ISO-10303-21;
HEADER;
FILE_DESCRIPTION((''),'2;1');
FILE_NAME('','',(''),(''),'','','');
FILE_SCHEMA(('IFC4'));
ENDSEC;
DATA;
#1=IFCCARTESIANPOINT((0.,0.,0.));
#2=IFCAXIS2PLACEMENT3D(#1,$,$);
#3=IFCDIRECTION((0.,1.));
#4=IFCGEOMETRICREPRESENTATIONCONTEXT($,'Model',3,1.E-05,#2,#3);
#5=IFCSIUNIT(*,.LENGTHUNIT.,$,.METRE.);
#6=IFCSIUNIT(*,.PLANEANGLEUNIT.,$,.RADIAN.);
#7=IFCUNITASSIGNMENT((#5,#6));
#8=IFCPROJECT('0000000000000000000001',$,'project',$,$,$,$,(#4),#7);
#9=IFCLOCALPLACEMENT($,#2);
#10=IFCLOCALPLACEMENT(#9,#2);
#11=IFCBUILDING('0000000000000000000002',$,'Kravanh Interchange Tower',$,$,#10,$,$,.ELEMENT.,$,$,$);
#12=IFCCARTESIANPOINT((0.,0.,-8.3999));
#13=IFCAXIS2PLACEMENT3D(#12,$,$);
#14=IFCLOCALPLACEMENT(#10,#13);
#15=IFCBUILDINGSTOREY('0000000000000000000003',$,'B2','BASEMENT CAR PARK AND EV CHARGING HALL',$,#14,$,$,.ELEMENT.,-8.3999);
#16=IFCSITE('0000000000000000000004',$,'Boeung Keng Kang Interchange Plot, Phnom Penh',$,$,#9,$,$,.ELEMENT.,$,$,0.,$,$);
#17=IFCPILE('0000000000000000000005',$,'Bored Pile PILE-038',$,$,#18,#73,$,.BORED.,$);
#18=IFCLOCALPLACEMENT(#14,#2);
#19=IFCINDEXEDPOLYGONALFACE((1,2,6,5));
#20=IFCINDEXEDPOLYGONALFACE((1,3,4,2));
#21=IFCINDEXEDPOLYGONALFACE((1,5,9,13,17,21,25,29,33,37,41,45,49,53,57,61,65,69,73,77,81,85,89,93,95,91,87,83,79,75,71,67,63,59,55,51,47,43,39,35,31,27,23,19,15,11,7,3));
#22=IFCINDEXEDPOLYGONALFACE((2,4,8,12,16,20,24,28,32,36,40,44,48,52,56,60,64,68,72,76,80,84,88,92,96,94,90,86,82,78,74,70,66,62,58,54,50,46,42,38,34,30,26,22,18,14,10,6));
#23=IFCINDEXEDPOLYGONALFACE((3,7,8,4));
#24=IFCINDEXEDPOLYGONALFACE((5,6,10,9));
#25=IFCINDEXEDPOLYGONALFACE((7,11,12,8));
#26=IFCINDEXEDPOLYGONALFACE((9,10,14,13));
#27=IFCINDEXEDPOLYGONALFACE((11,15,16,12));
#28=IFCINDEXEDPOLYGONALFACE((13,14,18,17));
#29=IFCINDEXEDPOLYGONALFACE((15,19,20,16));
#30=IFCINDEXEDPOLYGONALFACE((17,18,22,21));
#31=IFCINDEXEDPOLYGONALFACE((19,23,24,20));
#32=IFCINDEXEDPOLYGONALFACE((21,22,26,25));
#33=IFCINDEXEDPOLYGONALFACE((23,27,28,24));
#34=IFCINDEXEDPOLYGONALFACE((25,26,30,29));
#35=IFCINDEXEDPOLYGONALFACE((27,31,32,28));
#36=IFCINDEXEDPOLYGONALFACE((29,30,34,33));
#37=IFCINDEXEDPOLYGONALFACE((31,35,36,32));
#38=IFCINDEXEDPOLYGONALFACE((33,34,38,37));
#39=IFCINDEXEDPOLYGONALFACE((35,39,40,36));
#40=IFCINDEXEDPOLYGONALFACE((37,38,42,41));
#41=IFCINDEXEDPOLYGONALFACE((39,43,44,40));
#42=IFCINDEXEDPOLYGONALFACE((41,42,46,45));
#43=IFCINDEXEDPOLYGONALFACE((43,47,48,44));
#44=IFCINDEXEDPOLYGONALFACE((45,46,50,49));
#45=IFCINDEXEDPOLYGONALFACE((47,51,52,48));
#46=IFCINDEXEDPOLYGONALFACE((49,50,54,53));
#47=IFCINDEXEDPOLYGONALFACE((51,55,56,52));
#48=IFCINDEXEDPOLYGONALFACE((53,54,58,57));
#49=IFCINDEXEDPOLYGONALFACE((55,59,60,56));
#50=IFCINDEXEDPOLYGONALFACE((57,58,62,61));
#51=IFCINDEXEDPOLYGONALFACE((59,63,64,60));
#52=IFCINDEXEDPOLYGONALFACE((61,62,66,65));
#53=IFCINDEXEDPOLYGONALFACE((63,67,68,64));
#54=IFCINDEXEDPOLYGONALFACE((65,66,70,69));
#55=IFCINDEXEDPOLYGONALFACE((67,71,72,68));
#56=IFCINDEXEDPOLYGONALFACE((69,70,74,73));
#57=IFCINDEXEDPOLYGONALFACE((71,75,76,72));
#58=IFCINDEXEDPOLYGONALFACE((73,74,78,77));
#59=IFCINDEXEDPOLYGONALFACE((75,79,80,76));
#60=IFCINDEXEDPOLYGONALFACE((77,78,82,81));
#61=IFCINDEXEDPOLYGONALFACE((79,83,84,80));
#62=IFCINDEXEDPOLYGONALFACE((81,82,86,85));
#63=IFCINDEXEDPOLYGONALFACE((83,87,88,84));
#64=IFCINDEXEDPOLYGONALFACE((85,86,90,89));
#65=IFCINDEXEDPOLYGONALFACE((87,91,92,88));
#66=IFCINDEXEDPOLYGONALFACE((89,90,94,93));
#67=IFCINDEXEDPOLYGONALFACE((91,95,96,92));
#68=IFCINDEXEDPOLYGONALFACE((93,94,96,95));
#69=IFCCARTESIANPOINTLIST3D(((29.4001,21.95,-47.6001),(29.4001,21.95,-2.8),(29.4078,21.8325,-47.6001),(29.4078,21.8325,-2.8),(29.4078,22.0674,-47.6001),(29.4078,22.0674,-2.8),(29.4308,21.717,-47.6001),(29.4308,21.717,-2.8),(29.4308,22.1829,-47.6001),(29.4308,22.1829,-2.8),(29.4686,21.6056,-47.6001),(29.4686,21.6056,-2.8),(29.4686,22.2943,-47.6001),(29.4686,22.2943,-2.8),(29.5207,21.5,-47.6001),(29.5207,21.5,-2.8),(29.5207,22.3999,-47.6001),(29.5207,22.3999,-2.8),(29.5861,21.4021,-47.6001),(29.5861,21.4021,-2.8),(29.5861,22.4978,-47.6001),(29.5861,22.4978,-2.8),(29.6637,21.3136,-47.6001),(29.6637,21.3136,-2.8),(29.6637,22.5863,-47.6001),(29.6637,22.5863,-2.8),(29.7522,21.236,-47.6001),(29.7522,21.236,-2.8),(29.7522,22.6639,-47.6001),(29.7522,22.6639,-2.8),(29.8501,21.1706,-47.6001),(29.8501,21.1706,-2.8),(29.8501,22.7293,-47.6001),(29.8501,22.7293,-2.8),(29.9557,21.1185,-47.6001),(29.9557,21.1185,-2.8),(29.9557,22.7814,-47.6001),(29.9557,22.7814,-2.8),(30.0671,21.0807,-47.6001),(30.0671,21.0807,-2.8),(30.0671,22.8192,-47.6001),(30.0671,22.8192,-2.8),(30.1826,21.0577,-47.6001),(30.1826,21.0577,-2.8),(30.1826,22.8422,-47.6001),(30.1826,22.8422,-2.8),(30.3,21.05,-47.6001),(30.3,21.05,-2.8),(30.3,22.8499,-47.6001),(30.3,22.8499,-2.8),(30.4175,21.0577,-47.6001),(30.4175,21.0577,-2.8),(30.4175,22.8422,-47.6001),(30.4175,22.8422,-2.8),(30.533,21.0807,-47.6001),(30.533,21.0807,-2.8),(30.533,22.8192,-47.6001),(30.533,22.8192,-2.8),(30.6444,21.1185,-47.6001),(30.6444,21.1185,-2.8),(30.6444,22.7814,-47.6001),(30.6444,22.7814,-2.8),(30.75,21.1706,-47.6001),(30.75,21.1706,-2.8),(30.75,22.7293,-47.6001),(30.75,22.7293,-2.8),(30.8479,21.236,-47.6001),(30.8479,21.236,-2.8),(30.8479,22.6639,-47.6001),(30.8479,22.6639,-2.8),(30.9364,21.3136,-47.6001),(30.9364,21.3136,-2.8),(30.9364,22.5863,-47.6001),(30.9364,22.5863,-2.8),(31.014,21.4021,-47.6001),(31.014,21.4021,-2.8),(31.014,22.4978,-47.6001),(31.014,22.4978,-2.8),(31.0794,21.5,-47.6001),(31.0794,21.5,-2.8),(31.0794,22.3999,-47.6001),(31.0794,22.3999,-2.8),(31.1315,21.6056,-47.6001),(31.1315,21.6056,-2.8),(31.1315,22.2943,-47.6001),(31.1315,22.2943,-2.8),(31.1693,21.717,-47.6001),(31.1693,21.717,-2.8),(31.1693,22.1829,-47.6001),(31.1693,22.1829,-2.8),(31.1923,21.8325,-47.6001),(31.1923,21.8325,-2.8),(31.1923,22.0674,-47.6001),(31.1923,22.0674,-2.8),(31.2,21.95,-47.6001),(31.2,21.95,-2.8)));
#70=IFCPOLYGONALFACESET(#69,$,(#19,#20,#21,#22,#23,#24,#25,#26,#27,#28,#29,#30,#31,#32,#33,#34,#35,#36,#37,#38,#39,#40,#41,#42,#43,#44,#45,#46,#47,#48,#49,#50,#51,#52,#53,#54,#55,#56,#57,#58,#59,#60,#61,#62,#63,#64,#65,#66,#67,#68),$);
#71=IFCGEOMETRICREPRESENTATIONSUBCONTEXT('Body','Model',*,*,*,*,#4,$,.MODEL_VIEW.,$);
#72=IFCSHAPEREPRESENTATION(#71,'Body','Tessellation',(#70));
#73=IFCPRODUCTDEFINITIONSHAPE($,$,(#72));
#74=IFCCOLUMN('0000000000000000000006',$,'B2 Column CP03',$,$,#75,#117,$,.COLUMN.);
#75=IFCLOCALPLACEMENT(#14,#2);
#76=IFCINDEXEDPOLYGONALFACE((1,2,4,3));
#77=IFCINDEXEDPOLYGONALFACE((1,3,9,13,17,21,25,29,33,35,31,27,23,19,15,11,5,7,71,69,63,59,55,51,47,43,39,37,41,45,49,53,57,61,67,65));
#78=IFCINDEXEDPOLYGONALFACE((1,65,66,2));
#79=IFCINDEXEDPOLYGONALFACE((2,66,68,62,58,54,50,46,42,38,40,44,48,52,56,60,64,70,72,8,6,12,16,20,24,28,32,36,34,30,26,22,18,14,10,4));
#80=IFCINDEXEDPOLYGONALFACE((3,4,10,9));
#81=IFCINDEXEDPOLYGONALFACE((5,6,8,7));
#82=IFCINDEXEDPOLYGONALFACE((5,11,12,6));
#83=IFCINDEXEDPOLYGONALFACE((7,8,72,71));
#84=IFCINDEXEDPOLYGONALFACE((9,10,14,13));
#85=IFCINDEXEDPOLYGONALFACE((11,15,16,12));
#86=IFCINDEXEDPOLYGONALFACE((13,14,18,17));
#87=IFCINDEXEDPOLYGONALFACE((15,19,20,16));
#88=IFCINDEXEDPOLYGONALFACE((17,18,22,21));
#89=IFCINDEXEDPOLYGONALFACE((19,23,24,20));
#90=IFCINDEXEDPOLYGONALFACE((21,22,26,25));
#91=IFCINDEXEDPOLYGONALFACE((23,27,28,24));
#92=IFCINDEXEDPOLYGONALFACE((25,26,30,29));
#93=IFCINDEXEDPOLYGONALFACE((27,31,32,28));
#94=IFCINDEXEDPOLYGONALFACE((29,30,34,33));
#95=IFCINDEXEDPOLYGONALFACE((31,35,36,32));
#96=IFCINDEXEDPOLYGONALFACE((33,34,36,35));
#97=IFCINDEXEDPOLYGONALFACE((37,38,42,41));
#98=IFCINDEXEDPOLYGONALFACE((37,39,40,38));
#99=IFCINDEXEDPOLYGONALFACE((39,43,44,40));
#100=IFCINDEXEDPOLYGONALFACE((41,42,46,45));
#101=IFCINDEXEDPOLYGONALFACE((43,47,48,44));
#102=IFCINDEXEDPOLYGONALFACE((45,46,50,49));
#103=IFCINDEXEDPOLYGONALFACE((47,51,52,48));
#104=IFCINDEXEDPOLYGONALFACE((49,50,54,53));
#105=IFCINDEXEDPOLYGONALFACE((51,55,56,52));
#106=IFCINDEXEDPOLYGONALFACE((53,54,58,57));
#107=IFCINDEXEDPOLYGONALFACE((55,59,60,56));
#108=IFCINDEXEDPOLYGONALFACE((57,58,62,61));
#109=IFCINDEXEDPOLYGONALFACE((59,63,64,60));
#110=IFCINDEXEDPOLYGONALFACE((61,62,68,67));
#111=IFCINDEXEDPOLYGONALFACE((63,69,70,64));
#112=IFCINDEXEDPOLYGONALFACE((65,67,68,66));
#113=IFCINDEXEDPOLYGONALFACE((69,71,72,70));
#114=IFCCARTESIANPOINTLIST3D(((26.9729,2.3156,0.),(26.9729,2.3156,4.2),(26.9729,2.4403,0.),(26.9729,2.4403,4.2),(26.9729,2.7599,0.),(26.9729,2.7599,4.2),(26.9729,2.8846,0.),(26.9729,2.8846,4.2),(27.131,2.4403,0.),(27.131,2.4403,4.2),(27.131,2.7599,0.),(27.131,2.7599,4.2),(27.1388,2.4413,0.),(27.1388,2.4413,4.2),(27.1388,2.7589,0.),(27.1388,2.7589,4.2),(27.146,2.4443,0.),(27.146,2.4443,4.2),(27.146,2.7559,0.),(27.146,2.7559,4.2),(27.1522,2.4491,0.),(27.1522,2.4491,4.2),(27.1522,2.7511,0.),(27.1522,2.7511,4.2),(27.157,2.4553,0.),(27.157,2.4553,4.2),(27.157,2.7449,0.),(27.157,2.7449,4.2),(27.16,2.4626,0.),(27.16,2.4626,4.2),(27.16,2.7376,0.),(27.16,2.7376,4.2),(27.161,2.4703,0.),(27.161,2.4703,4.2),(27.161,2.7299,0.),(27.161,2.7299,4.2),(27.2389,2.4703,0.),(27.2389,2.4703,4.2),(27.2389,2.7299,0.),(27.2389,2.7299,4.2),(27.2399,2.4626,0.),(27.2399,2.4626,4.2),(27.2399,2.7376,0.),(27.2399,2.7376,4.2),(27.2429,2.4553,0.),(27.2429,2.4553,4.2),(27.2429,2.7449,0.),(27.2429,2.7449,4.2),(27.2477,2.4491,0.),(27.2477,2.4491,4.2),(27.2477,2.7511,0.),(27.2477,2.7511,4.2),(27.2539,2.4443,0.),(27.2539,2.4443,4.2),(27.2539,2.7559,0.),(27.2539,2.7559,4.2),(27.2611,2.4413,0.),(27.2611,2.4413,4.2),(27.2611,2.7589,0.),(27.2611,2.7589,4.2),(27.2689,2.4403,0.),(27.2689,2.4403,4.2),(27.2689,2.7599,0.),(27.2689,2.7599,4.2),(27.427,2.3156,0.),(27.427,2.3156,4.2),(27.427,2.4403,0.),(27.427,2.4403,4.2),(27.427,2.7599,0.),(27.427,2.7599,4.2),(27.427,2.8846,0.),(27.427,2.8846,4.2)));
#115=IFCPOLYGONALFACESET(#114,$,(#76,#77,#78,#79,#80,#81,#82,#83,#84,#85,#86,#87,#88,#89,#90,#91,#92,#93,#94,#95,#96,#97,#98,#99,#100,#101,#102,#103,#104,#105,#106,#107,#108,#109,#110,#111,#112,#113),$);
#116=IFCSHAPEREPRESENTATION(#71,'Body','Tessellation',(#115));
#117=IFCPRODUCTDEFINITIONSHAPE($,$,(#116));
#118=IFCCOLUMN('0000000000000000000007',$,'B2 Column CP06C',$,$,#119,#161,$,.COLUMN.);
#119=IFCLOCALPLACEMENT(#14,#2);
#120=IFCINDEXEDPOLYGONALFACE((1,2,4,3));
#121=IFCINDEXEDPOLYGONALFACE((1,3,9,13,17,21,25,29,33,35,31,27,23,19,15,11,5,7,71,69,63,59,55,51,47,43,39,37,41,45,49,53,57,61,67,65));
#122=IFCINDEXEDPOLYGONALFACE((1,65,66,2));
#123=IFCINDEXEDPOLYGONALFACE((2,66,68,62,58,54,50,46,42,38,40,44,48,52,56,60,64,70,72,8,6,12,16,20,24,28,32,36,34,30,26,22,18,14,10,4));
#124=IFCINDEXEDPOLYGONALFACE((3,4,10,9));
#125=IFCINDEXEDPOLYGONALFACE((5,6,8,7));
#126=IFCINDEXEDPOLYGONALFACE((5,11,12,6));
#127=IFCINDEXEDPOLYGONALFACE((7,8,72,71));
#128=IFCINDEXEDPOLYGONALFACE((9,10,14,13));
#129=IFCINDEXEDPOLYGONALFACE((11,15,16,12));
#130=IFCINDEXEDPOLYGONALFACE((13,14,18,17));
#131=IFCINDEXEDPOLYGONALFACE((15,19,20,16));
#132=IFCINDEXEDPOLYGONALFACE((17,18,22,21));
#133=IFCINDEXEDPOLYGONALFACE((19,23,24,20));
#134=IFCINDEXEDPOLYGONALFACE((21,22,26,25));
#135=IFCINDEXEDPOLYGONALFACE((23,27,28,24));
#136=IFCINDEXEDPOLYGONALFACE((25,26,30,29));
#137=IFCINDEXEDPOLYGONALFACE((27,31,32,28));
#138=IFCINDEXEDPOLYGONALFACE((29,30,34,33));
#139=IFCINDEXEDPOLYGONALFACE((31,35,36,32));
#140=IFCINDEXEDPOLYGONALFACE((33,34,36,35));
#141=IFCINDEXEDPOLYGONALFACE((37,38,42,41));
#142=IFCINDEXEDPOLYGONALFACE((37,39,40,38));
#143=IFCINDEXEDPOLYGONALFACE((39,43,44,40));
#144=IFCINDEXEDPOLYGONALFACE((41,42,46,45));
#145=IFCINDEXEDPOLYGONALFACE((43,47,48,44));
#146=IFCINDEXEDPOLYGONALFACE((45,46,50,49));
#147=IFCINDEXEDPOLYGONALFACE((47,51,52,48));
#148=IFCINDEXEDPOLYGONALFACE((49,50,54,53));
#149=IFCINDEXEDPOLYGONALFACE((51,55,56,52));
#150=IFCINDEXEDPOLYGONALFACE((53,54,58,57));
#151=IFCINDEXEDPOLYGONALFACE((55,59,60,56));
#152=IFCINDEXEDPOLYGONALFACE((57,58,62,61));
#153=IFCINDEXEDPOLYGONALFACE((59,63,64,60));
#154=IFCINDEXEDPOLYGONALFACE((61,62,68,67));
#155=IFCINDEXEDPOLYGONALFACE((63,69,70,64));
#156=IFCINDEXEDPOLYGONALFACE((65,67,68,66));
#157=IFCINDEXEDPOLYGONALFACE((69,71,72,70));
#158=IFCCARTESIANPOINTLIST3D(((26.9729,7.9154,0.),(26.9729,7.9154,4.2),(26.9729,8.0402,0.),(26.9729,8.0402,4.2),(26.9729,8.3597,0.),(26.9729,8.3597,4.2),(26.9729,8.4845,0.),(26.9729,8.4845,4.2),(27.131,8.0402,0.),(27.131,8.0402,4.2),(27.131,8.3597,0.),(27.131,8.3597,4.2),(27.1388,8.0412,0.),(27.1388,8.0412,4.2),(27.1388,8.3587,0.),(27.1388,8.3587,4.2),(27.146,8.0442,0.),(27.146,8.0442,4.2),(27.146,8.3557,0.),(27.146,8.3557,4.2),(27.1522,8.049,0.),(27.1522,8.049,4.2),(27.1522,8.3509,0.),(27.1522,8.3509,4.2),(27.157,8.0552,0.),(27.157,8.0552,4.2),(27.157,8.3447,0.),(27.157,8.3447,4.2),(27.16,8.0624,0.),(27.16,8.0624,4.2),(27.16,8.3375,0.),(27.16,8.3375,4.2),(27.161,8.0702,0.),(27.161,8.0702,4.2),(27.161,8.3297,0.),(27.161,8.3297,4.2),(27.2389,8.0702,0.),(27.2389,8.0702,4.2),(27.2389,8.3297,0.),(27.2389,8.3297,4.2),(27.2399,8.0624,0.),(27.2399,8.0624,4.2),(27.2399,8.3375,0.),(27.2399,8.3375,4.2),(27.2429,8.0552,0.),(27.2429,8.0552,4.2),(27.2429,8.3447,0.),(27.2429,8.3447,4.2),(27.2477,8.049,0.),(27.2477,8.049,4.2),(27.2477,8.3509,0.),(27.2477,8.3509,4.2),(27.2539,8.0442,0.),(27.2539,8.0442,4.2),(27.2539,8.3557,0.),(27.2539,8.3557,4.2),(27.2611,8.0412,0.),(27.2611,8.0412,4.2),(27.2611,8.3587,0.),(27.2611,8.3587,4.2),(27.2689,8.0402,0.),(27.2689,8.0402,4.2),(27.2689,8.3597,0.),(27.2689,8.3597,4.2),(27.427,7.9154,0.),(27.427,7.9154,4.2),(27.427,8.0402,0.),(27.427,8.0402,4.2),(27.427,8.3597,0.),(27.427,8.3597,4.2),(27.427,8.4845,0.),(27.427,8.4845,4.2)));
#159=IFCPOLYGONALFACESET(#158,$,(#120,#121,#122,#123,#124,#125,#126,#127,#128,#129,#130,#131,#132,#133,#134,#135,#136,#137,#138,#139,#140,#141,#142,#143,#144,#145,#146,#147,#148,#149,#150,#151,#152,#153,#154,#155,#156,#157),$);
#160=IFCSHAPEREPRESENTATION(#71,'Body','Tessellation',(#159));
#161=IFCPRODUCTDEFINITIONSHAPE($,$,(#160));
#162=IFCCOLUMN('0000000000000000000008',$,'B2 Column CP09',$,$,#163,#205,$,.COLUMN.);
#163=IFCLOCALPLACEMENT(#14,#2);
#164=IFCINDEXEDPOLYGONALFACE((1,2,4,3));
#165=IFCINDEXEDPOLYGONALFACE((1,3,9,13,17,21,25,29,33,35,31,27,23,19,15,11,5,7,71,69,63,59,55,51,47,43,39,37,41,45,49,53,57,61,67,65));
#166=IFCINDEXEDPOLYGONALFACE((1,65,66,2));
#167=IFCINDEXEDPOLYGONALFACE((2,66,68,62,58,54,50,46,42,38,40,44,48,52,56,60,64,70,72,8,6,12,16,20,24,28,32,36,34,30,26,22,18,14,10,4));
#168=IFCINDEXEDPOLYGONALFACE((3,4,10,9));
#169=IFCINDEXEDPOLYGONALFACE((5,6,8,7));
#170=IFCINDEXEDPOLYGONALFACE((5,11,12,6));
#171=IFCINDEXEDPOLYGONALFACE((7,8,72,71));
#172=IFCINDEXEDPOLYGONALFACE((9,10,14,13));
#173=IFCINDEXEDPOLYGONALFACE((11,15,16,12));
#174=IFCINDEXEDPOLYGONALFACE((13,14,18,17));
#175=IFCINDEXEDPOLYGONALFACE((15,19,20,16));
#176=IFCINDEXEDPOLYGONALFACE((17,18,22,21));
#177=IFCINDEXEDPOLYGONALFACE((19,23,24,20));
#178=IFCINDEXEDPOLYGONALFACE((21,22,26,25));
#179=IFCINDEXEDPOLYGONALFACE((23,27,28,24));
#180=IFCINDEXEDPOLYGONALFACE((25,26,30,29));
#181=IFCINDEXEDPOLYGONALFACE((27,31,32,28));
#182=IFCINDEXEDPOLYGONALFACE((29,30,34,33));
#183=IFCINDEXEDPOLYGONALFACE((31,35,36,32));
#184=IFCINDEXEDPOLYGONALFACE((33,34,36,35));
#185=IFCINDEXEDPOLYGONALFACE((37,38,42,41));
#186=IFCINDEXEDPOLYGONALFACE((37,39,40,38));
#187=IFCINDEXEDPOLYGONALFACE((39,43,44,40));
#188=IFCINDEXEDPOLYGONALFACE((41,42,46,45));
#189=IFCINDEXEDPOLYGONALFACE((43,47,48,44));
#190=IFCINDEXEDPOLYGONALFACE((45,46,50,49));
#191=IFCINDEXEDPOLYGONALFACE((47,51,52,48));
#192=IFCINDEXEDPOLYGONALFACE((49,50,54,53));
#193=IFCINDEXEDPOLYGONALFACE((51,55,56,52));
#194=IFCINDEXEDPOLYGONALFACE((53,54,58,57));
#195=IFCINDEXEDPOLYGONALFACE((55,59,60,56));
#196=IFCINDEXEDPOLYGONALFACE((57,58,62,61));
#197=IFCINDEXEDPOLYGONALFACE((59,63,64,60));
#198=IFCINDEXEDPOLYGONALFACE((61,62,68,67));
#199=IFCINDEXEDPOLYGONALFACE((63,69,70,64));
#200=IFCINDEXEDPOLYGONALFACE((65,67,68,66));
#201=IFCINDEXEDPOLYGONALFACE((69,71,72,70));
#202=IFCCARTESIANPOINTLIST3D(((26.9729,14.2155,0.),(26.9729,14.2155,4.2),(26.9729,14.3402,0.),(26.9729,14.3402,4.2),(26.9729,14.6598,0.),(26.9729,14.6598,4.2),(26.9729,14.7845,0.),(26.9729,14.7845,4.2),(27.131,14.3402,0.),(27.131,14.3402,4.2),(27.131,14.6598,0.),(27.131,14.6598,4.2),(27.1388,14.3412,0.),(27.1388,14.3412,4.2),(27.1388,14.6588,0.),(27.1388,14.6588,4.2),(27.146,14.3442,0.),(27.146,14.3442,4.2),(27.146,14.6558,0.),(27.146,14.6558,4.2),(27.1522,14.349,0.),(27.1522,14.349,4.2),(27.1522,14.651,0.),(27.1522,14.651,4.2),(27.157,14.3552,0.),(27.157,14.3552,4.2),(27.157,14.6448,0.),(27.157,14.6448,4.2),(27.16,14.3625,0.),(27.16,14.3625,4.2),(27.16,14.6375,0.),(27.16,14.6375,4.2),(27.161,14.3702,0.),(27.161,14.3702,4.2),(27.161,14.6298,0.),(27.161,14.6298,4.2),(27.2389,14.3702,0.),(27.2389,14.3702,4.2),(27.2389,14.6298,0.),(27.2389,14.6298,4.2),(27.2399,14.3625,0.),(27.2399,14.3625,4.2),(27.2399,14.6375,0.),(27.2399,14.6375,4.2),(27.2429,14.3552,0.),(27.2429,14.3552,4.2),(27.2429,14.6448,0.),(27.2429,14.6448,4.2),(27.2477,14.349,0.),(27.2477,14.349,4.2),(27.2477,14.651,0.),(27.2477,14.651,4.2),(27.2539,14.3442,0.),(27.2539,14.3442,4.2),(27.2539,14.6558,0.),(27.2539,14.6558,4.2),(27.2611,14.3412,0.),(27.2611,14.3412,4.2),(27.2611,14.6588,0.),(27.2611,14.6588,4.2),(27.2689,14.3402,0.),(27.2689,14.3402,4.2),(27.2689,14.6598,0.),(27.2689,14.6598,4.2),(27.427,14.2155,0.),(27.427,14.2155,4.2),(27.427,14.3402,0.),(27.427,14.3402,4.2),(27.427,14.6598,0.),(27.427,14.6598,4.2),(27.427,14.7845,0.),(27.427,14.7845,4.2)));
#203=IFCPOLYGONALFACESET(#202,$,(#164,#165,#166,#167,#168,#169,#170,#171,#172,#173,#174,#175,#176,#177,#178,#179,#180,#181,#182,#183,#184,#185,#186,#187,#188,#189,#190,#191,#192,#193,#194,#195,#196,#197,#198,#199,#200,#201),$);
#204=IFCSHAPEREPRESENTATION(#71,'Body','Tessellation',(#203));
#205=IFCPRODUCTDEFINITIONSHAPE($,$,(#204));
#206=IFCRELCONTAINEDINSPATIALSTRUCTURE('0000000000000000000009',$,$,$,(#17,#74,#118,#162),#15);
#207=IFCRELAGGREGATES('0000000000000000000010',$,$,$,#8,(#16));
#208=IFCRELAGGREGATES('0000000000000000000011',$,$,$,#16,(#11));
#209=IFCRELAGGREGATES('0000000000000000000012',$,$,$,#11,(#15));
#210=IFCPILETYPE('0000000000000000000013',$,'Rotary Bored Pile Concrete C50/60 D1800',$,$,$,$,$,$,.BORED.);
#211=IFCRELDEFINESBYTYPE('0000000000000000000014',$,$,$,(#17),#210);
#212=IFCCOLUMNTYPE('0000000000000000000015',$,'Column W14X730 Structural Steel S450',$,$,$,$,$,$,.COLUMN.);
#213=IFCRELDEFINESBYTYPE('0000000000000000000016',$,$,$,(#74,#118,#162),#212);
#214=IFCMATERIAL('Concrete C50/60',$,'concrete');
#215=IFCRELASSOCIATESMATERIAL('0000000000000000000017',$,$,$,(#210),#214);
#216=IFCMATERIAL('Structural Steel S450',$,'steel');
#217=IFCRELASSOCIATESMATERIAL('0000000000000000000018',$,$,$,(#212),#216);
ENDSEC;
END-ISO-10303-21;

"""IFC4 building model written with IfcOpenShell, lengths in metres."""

from ifc_helpers import new_model, si_unit, direction, frame, origin, origin_2d, place, context, subcontext, project, spatial, circle, i_section, extrude, material, material_profile, profile_set, type_object, element, save


model = new_model("IFC4")

# Units and contexts
model_context = context("Model", 3, precision=1e-05, world=origin(), true_north=direction((0.0, 1.0)))
body_context = subcontext(model_context, "Body", "Model", "MODEL_VIEW")
ifc_project = project(units=[si_unit("LENGTHUNIT", "METRE"), si_unit("PLANEANGLEUNIT", "RADIAN")], contexts=[model_context])

# Site, building, storey
site_placement = place(None, origin())
site = spatial("IfcSite", under=ifc_project, at=site_placement, Name="Boeung Keng Kang Interchange Plot, Phnom Penh", CompositionType="ELEMENT", RefElevation=0.0)
building_placement = place(site_placement, origin())
building = spatial("IfcBuilding", under=site, at=building_placement, Name="Kravanh Interchange Tower", CompositionType="ELEMENT")
storey_placement = place(building_placement, frame((0.0, 0.0, -8.3999)))
storey = spatial("IfcBuildingStorey", under=building, at=storey_placement, Name="B2", Description="BASEMENT CAR PARK AND EV CHARGING HALL", CompositionType="ELEMENT", Elevation=-8.3999)

# Pile
ifc_material_1 = material(Name="Concrete C50/60", Category="concrete")
ifc_material_profile_1 = material_profile(ifc_material_1, circle(Radius=0.8999, at=origin_2d()), Name="PILE-D1800")
ifc_profile_set_1 = profile_set([ifc_material_profile_1], Name="Concrete C50/60")
pile_type_1 = type_object("IfcPileType", Name="Rotary Bored Pile Concrete C50/60 D1800", PredefinedType="BORED", material=ifc_profile_set_1)
for number, where, z_axis, x_axis, name in (
    (1, (30.3, 21.95, -2.8), (0.0, 0.0, -1.0), (1.0, 0.0, 0.0), "Bored Pile PILE-038"),
):
    element("IfcPile", number, at=place(storey_placement, frame(where, z_axis=z_axis, x_axis=x_axis)), inside=storey, type_object=pile_type_1, Name=name, PredefinedType="BORED", context=body_context, shape_type="SweptSolid", body=[
        extrude(circle(Radius=0.8999, at=origin_2d()), origin(), (0.0, 0.0, 1.0), 44.8),
    ])

# Columns
ifc_material_2 = material(Name="Structural Steel S450", Category="steel")
ifc_material_profile_2 = material_profile(ifc_material_2, i_section(OverallWidth=0.4541, OverallDepth=0.5691, WebThickness=0.0779, FlangeThickness=0.1248, FilletRadius=0.03, at=origin_2d()), Name="W14X730")
ifc_profile_set_2 = profile_set([ifc_material_profile_2], Name="Structural Steel S450")
column_type = type_object("IfcColumnType", Name="Column W14X730 Structural Steel S450", PredefinedType="COLUMN", material=ifc_profile_set_2)
for number, where, z_axis, x_axis, name in (
    (2, (27.2, 2.6001, 0.0), (0.0, 0.0, 1.0), (1.0, 0.0, 0.0), "B2 Column CP03"),
    (3, (27.2, 8.2, 0.0), (0.0, 0.0, 1.0), (1.0, 0.0, 0.0), "B2 Column CP06C"),
    (4, (27.2, 14.5, 0.0), (0.0, 0.0, 1.0), (1.0, 0.0, 0.0), "B2 Column CP09"),
):
    element("IfcColumn", number, at=place(storey_placement, frame(where, z_axis=z_axis, x_axis=x_axis)), inside=storey, type_object=column_type, Name=name, PredefinedType="COLUMN", context=body_context, shape_type="SweptSolid", body=[
        extrude(i_section(OverallWidth=0.4541, OverallDepth=0.5691, WebThickness=0.0779, FlangeThickness=0.1248, FilletRadius=0.03, at=origin_2d()), origin(), (0.0, 0.0, 1.0), 4.2),
    ])

save(model, "model.ifc")
